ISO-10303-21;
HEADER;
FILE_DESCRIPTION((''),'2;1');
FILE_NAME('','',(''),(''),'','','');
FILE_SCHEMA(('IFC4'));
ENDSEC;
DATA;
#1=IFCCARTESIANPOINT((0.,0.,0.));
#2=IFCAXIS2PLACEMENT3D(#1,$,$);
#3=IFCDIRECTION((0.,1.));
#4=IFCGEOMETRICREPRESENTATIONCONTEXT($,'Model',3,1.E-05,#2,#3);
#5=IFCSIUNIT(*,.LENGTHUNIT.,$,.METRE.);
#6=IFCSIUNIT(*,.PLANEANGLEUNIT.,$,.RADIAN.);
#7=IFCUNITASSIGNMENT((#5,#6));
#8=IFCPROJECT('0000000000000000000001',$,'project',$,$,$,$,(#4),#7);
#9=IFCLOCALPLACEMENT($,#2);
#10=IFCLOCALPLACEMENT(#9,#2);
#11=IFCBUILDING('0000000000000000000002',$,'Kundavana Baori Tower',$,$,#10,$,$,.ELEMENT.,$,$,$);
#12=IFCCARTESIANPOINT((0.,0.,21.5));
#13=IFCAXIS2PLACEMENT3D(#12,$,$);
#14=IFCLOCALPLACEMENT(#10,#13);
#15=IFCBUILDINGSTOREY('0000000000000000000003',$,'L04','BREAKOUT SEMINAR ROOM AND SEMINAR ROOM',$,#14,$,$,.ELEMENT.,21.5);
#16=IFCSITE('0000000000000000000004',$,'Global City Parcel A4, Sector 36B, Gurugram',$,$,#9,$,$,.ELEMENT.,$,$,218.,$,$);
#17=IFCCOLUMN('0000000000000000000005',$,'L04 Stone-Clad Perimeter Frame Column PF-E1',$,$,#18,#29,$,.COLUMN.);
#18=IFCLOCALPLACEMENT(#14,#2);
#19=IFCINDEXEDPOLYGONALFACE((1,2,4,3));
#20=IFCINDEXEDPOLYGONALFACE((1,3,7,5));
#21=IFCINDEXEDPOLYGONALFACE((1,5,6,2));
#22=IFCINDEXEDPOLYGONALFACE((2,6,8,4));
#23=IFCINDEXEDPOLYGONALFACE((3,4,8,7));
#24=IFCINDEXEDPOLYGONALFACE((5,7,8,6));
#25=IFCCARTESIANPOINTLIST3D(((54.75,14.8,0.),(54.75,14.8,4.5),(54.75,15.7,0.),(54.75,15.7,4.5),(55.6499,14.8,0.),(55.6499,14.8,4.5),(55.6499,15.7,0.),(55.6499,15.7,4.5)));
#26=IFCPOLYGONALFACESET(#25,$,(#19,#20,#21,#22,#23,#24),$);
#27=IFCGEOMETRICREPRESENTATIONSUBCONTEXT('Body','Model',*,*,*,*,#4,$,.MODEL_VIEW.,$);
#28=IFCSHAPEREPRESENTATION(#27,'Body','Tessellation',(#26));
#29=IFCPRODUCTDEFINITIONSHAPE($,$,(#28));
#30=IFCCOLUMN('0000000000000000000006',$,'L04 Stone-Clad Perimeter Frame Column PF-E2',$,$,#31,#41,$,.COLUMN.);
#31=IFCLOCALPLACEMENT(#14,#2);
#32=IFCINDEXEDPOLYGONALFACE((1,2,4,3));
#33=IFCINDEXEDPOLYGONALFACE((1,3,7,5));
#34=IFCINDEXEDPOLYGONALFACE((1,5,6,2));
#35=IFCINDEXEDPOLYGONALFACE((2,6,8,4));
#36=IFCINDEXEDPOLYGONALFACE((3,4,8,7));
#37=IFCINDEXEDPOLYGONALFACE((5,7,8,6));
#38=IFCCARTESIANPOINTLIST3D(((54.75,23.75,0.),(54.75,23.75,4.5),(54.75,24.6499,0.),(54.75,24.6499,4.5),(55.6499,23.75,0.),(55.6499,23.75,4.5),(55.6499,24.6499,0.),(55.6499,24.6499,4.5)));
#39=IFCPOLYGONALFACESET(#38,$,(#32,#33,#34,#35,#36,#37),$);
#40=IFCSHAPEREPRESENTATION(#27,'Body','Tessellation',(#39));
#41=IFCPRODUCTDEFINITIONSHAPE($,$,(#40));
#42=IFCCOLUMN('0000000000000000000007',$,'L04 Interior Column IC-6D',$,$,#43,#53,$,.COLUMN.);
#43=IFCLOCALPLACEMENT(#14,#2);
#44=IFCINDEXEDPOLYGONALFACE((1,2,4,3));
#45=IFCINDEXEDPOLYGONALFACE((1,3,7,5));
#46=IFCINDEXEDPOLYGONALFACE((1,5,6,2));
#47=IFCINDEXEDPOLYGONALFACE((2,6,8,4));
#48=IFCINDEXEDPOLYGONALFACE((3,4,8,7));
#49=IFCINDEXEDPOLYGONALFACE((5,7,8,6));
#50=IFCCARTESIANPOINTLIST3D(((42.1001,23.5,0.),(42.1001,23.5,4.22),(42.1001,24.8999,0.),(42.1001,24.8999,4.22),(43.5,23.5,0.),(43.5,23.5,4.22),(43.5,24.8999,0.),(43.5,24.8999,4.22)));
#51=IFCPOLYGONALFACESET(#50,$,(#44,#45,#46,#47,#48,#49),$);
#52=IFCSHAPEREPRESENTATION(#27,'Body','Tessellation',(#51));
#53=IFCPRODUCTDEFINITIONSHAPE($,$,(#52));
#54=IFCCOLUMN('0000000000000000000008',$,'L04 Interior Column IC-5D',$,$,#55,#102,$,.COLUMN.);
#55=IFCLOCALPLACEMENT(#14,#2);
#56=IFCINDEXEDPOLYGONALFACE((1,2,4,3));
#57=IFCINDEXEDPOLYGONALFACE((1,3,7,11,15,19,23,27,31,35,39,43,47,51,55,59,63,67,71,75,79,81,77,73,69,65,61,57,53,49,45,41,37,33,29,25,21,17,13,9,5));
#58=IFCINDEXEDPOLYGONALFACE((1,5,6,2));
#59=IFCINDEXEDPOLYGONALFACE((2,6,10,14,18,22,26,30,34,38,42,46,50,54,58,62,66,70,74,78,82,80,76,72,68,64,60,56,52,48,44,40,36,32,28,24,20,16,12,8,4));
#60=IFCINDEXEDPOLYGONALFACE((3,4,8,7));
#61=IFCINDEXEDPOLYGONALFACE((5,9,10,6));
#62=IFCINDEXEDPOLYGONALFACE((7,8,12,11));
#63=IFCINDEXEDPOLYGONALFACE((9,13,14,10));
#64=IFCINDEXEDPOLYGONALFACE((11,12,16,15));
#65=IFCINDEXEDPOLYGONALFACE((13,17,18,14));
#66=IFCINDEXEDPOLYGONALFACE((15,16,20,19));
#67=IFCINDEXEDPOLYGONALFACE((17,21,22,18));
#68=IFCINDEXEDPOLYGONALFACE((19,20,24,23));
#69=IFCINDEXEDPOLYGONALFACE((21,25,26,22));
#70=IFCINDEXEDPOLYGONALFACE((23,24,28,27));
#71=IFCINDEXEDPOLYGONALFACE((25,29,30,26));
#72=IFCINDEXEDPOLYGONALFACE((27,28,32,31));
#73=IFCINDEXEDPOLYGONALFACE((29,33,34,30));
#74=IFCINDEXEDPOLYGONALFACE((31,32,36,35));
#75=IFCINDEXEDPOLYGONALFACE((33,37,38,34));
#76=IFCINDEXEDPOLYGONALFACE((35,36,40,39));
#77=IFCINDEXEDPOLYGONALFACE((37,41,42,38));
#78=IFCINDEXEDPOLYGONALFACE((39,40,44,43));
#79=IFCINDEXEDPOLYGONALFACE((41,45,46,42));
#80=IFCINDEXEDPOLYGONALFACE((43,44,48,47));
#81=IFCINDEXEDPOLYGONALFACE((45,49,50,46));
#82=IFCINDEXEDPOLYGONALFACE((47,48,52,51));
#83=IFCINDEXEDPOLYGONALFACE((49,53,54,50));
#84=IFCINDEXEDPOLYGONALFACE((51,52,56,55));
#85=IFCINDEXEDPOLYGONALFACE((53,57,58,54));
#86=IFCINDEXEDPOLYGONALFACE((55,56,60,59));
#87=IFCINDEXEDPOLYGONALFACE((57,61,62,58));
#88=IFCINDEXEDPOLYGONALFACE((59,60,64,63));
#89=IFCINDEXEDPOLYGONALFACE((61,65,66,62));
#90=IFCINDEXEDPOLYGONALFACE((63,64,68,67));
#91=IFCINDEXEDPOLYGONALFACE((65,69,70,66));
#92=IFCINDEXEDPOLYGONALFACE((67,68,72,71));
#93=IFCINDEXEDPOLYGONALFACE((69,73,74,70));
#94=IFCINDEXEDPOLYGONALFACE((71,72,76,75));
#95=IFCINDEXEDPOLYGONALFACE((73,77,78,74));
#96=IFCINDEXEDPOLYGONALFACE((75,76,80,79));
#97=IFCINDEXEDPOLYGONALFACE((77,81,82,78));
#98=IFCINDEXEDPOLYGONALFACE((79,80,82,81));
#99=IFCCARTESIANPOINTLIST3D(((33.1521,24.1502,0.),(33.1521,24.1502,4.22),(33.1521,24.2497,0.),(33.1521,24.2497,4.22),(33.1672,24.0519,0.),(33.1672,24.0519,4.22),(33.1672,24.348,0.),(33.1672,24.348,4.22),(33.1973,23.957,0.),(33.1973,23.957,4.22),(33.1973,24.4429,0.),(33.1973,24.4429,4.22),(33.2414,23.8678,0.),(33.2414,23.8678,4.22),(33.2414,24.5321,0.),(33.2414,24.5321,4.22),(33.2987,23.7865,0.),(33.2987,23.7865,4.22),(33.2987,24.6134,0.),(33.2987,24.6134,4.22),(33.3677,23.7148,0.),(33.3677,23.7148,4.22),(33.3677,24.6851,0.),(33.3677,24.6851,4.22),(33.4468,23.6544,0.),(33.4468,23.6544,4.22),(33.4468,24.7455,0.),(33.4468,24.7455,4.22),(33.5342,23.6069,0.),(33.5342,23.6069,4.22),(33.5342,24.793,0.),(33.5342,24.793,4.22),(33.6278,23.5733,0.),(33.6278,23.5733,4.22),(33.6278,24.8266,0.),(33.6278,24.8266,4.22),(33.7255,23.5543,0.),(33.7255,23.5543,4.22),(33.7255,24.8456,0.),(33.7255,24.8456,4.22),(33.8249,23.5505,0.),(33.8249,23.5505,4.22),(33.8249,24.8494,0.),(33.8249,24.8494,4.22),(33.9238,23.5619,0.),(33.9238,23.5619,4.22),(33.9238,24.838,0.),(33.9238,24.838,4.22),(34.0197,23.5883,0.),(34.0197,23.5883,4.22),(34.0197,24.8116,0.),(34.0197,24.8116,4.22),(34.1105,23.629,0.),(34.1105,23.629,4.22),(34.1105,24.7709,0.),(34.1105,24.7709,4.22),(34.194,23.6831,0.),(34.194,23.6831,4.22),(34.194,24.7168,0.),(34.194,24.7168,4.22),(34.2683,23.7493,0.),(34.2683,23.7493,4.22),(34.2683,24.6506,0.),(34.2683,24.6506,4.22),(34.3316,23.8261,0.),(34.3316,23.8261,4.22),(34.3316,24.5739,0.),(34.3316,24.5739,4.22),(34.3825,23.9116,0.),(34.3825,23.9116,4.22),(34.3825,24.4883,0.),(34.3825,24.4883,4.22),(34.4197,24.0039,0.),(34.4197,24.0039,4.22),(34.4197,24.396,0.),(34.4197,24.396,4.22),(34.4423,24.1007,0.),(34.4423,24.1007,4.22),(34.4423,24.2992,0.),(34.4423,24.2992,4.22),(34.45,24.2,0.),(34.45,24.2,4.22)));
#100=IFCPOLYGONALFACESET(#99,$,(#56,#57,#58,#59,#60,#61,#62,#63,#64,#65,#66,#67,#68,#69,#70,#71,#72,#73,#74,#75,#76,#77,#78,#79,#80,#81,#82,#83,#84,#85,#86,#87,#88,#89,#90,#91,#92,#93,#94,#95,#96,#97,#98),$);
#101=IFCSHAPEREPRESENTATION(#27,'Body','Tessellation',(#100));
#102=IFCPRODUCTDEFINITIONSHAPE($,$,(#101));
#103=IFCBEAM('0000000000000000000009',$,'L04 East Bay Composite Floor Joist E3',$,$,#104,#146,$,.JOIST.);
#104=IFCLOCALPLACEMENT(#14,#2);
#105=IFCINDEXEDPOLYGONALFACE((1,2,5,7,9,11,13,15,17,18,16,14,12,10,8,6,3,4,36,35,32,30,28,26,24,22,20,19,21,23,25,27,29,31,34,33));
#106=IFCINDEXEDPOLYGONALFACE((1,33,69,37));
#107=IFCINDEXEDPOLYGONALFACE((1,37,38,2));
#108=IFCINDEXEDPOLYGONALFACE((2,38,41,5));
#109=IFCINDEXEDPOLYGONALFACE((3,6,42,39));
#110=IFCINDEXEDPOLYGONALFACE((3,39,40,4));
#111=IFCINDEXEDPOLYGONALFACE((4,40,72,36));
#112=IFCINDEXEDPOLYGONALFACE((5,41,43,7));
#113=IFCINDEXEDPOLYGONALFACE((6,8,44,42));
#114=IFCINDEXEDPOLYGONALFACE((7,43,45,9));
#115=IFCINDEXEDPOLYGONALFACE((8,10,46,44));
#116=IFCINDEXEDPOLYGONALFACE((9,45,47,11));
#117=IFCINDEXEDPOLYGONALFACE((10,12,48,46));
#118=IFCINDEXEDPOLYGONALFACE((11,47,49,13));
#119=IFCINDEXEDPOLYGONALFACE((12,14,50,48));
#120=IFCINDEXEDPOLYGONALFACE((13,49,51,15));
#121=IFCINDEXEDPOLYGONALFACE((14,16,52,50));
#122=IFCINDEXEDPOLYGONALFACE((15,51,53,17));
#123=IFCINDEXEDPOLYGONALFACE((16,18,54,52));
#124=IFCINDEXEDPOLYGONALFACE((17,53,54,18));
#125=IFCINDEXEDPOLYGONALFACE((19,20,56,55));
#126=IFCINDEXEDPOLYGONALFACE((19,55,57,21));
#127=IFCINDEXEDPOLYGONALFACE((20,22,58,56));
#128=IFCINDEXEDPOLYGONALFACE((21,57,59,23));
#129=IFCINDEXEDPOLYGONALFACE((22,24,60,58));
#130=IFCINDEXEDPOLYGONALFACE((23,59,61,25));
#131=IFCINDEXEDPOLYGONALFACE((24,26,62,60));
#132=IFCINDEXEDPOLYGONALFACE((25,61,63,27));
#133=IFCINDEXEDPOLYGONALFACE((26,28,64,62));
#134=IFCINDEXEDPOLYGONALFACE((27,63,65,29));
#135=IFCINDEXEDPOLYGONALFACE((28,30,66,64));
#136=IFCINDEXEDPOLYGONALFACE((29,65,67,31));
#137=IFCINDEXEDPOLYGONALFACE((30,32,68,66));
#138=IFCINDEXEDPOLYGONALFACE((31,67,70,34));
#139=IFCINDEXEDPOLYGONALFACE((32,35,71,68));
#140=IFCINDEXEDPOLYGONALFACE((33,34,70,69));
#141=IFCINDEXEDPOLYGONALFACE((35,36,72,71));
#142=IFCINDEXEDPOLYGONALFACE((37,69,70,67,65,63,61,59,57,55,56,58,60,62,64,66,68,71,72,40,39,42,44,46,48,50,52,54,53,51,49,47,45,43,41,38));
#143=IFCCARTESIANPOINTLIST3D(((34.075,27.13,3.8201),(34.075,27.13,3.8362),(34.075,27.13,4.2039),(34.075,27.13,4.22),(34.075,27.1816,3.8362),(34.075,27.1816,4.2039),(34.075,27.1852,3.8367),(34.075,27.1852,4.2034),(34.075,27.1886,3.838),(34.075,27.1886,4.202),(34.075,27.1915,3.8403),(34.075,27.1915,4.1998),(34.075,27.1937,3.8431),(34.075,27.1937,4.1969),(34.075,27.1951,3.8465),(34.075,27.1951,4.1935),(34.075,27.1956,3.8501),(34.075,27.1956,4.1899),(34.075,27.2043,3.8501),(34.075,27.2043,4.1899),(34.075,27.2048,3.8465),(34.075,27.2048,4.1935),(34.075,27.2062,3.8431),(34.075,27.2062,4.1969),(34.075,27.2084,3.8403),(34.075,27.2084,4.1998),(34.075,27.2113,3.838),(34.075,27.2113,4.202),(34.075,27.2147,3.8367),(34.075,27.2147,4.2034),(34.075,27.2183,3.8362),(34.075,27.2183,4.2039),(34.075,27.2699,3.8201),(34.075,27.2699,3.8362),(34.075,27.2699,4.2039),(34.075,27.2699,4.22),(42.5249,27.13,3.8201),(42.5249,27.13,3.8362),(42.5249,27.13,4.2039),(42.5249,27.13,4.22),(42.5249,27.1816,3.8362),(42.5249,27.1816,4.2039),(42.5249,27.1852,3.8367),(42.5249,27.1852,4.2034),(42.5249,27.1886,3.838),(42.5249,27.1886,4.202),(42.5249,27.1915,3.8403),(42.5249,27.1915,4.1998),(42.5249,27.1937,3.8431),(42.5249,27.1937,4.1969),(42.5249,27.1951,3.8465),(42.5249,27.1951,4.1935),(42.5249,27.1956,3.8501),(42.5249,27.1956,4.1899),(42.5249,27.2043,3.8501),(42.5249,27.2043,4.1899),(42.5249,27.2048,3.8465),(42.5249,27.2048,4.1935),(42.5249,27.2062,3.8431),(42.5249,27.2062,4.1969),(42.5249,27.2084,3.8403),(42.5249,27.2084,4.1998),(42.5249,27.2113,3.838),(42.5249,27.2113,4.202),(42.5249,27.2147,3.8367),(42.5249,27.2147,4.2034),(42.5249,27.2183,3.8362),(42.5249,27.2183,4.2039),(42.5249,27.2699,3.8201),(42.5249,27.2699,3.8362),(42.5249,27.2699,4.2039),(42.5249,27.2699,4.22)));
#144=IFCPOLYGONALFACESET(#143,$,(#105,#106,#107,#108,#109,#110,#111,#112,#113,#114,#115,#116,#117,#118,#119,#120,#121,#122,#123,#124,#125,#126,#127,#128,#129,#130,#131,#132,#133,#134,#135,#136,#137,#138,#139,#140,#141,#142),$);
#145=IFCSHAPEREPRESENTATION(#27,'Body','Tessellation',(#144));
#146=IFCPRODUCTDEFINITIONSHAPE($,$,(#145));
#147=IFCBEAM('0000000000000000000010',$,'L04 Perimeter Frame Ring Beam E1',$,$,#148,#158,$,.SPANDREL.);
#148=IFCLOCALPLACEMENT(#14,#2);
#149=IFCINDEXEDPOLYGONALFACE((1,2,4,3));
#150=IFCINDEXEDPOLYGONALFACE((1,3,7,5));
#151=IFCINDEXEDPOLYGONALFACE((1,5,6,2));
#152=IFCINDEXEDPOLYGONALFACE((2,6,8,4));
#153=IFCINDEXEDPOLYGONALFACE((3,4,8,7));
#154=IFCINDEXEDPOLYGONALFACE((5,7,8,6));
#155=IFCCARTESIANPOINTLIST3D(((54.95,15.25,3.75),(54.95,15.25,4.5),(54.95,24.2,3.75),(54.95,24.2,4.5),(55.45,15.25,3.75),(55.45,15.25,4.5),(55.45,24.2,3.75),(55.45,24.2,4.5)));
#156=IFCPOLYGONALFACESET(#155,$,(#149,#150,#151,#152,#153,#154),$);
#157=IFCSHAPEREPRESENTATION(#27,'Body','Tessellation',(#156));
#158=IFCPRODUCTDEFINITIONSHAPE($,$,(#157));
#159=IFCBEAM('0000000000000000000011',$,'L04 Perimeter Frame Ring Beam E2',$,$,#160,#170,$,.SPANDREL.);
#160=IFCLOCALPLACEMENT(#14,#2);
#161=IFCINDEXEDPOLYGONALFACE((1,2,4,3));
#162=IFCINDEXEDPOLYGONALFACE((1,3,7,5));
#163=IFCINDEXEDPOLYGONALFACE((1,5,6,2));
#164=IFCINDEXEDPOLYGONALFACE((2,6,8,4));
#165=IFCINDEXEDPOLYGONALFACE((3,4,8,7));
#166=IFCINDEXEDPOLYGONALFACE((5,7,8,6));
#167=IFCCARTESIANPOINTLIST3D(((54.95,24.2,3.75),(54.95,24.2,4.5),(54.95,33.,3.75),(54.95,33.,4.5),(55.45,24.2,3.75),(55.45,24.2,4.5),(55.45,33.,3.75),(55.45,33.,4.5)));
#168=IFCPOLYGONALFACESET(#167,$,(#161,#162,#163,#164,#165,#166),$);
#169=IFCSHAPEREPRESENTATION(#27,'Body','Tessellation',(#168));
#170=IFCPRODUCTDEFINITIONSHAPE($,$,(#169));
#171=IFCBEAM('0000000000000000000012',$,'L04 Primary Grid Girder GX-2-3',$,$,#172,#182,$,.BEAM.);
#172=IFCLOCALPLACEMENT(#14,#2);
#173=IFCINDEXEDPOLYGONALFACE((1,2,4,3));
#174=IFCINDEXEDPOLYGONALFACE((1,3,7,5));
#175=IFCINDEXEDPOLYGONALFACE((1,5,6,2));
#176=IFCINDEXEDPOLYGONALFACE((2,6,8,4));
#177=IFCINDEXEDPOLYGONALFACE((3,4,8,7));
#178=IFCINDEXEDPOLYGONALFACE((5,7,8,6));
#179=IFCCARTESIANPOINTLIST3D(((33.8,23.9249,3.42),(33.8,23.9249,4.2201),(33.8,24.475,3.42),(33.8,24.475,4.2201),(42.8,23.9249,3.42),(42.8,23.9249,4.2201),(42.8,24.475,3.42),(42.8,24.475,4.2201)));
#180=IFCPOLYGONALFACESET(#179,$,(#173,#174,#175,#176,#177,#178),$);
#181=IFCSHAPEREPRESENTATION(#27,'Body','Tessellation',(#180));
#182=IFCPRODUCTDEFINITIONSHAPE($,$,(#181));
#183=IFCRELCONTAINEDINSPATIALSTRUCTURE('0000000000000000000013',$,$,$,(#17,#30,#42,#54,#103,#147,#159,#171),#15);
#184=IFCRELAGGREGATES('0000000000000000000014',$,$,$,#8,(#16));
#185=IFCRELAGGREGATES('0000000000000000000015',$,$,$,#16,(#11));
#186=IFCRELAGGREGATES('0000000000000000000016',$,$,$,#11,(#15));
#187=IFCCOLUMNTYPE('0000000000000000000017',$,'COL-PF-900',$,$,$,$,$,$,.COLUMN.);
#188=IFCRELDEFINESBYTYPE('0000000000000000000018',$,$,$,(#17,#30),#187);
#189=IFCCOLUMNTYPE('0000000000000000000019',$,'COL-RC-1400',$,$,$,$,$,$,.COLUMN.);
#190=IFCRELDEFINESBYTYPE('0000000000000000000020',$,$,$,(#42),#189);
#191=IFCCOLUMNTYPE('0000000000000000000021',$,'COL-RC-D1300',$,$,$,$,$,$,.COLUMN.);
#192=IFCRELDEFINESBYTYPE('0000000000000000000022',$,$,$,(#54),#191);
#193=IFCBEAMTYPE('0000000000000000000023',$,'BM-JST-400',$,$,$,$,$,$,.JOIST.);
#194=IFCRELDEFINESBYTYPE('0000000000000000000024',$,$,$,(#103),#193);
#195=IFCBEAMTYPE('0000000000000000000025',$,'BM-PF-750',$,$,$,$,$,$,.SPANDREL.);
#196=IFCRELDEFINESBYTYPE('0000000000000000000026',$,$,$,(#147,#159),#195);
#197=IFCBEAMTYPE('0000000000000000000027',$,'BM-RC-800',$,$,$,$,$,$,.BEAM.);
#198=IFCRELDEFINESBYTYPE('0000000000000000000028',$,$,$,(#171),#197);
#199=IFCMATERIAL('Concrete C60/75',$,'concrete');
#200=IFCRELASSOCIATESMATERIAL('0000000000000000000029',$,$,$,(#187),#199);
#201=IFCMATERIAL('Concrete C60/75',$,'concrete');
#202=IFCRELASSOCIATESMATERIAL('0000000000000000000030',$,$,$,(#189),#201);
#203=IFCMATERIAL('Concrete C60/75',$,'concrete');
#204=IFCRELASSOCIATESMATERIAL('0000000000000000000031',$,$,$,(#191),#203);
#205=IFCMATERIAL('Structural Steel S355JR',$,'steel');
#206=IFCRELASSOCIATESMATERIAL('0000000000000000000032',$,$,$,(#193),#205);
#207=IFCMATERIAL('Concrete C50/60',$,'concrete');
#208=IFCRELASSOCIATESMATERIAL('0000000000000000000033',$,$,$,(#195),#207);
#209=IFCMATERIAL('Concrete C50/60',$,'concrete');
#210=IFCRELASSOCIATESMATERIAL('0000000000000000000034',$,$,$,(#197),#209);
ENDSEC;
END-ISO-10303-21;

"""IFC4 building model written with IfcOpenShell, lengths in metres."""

from ifc_helpers import new_model, si_unit, direction, frame, origin, origin_2d, place, context, subcontext, project, spatial, rectangle, circle, i_section, extrude, material, material_profile, profile_set, type_object, element, save


model = new_model("IFC4")

# Units and contexts
model_context = context("Model", 3, precision=1e-05, world=origin(), true_north=direction((0.0, 1.0)))
body_context = subcontext(model_context, "Body", "Model", "MODEL_VIEW")
ifc_project = project(units=[si_unit("LENGTHUNIT", "METRE"), si_unit("PLANEANGLEUNIT", "RADIAN")], contexts=[model_context])

# Site, building, storey
site_placement = place(None, origin())
site = spatial("IfcSite", under=ifc_project, at=site_placement, Name="Global City Parcel A4, Sector 36B, Gurugram", CompositionType="ELEMENT", RefElevation=218.0)
building_placement = place(site_placement, origin())
building = spatial("IfcBuilding", under=site, at=building_placement, Name="Kundavana Baori Tower", CompositionType="ELEMENT")
storey_placement = place(building_placement, frame((0.0, 0.0, 21.5)))
storey = spatial("IfcBuildingStorey", under=building, at=storey_placement, Name="L04", Description="BREAKOUT SEMINAR ROOM AND SEMINAR ROOM", CompositionType="ELEMENT", Elevation=21.5)

# Columns
ifc_material_1 = material(Name="Concrete C60/75", Category="concrete")
ifc_material_profile_1 = material_profile(ifc_material_1, rectangle(XDim=0.8999, YDim=0.8999, at=origin_2d()), Name="RC PF 900x900")
ifc_profile_set_1 = profile_set([ifc_material_profile_1], Name="Concrete C60/75")
column_type_1 = type_object("IfcColumnType", Name="COL-PF-900", PredefinedType="COLUMN", material=ifc_profile_set_1)
for number, where, z_axis, x_axis, name in (
    (1, (55.2, 15.25, 0.0), (0.0, 0.0, 1.0), (1.0, 0.0, 0.0), "L04 Stone-Clad Perimeter Frame Column PF-E1"),
    (2, (55.2, 24.2, 0.0), (0.0, 0.0, 1.0), (1.0, 0.0, 0.0), "L04 Stone-Clad Perimeter Frame Column PF-E2"),
):
    element("IfcColumn", number, at=place(storey_placement, frame(where, z_axis=z_axis, x_axis=x_axis)), inside=storey, type_object=column_type_1, Name=name, PredefinedType="COLUMN", context=body_context, shape_type="SweptSolid", body=[
        extrude(rectangle(XDim=0.8999, YDim=0.8999, at=origin_2d()), origin(), (0.0, 0.0, 1.0), 4.5),
    ])
ifc_material_2 = material(Name="Concrete C60/75", Category="concrete")
ifc_material_profile_2 = material_profile(ifc_material_2, rectangle(XDim=1.3999, YDim=1.3999, at=origin_2d()), Name="RC 1400x1400")
ifc_profile_set_2 = profile_set([ifc_material_profile_2], Name="Concrete C60/75")
column_type_2 = type_object("IfcColumnType", Name="COL-RC-1400", PredefinedType="COLUMN", material=ifc_profile_set_2)
column_1_placement = place(storey_placement, frame((42.8, 24.2, 0.0), z_axis=(0.0, 0.0, 1.0), x_axis=(1.0, 0.0, 0.0)))
element("IfcColumn", 3, at=column_1_placement, inside=storey, type_object=column_type_2, Name="L04 Interior Column IC-6D", PredefinedType="COLUMN", context=body_context, shape_type="SweptSolid", body=[
    extrude(rectangle(XDim=1.3999, YDim=1.3999, at=origin_2d()), origin(), (0.0, 0.0, 1.0), 4.22),
])
ifc_material_3 = material(Name="Concrete C60/75", Category="concrete")
ifc_material_profile_3 = material_profile(ifc_material_3, circle(Radius=0.6499, at=origin_2d()), Name="RC D1300")
ifc_profile_set_3 = profile_set([ifc_material_profile_3], Name="Concrete C60/75")
column_type_3 = type_object("IfcColumnType", Name="COL-RC-D1300", PredefinedType="COLUMN", material=ifc_profile_set_3)
column_2_placement = place(storey_placement, frame((33.8, 24.2, 0.0), z_axis=(0.0, 0.0, 1.0), x_axis=(1.0, 0.0, 0.0)))
element("IfcColumn", 4, at=column_2_placement, inside=storey, type_object=column_type_3, Name="L04 Interior Column IC-5D", PredefinedType="COLUMN", context=body_context, shape_type="SweptSolid", body=[
    extrude(circle(Radius=0.6499, at=origin_2d()), origin(), (0.0, 0.0, 1.0), 4.22),
])

# Beams
ifc_material_4 = material(Name="Structural Steel S355JR", Category="steel")
ifc_material_profile_4 = material_profile(ifc_material_4, i_section(OverallWidth=0.1399, OverallDepth=0.3999, WebThickness=0.0088, FlangeThickness=0.0161, FilletRadius=0.0139, at=origin_2d()), Name="ISMB 400")
ifc_profile_set_4 = profile_set([ifc_material_profile_4], Name="Structural Steel S355JR")
beam_type_1 = type_object("IfcBeamType", Name="BM-JST-400", PredefinedType="JOIST", material=ifc_profile_set_4)
beam_1_placement = place(storey_placement, frame((34.075, 27.2, 4.02), z_axis=(1.0, 0.0, 0.0), x_axis=(0.0, 1.0, 0.0)))
element("IfcBeam", 5, at=beam_1_placement, inside=storey, type_object=beam_type_1, Name="L04 East Bay Composite Floor Joist E3", PredefinedType="JOIST", context=body_context, shape_type="SweptSolid", body=[
    extrude(i_section(OverallWidth=0.1399, OverallDepth=0.3999, WebThickness=0.0088, FlangeThickness=0.0161, FilletRadius=0.0139, at=origin_2d()), origin(), (0.0, 0.0, 1.0), 8.45),
])
ifc_material_5 = material(Name="Concrete C50/60", Category="concrete")
ifc_material_profile_5 = material_profile(ifc_material_5, rectangle(XDim=0.5, YDim=0.75, at=origin_2d()), Name="RC BM 500x750")
ifc_profile_set_5 = profile_set([ifc_material_profile_5], Name="Concrete C50/60")
beam_type_2 = type_object("IfcBeamType", Name="BM-PF-750", PredefinedType="SPANDREL", material=ifc_profile_set_5)
beam_2_placement = place(storey_placement, frame((55.2, 15.25, 4.125), z_axis=(0.0, 1.0, 0.0), x_axis=(-1.0, 0.0, 0.0)))
element("IfcBeam", 6, at=beam_2_placement, inside=storey, type_object=beam_type_2, Name="L04 Perimeter Frame Ring Beam E1", PredefinedType="SPANDREL", context=body_context, shape_type="SweptSolid", body=[
    extrude(rectangle(XDim=0.5, YDim=0.75, at=origin_2d()), origin(), (0.0, 0.0, 1.0), 8.95),
])
beam_3_placement = place(storey_placement, frame((55.2, 24.2, 4.125), z_axis=(0.0, 1.0, 0.0), x_axis=(-1.0, 0.0, 0.0)))
element("IfcBeam", 7, at=beam_3_placement, inside=storey, type_object=beam_type_2, Name="L04 Perimeter Frame Ring Beam E2", PredefinedType="SPANDREL", context=body_context, shape_type="SweptSolid", body=[
    extrude(rectangle(XDim=0.5, YDim=0.75, at=origin_2d()), origin(), (0.0, 0.0, 1.0), 8.8),
])
ifc_material_6 = material(Name="Concrete C50/60", Category="concrete")
ifc_material_profile_6 = material_profile(ifc_material_6, rectangle(XDim=0.55, YDim=0.8, at=origin_2d()), Name="RC BM 550x800")
ifc_profile_set_6 = profile_set([ifc_material_profile_6], Name="Concrete C50/60")
beam_type_3 = type_object("IfcBeamType", Name="BM-RC-800", PredefinedType="BEAM", material=ifc_profile_set_6)
beam_4_placement = place(storey_placement, frame((33.8, 24.2, 3.8201), z_axis=(1.0, 0.0, 0.0), x_axis=(0.0, 1.0, 0.0)))
element("IfcBeam", 8, at=beam_4_placement, inside=storey, type_object=beam_type_3, Name="L04 Primary Grid Girder GX-2-3", PredefinedType="BEAM", context=body_context, shape_type="SweptSolid", body=[
    extrude(rectangle(XDim=0.55, YDim=0.8, at=origin_2d()), origin(), (0.0, 0.0, 1.0), 9.0),
])

save(model, "model.ifc")
